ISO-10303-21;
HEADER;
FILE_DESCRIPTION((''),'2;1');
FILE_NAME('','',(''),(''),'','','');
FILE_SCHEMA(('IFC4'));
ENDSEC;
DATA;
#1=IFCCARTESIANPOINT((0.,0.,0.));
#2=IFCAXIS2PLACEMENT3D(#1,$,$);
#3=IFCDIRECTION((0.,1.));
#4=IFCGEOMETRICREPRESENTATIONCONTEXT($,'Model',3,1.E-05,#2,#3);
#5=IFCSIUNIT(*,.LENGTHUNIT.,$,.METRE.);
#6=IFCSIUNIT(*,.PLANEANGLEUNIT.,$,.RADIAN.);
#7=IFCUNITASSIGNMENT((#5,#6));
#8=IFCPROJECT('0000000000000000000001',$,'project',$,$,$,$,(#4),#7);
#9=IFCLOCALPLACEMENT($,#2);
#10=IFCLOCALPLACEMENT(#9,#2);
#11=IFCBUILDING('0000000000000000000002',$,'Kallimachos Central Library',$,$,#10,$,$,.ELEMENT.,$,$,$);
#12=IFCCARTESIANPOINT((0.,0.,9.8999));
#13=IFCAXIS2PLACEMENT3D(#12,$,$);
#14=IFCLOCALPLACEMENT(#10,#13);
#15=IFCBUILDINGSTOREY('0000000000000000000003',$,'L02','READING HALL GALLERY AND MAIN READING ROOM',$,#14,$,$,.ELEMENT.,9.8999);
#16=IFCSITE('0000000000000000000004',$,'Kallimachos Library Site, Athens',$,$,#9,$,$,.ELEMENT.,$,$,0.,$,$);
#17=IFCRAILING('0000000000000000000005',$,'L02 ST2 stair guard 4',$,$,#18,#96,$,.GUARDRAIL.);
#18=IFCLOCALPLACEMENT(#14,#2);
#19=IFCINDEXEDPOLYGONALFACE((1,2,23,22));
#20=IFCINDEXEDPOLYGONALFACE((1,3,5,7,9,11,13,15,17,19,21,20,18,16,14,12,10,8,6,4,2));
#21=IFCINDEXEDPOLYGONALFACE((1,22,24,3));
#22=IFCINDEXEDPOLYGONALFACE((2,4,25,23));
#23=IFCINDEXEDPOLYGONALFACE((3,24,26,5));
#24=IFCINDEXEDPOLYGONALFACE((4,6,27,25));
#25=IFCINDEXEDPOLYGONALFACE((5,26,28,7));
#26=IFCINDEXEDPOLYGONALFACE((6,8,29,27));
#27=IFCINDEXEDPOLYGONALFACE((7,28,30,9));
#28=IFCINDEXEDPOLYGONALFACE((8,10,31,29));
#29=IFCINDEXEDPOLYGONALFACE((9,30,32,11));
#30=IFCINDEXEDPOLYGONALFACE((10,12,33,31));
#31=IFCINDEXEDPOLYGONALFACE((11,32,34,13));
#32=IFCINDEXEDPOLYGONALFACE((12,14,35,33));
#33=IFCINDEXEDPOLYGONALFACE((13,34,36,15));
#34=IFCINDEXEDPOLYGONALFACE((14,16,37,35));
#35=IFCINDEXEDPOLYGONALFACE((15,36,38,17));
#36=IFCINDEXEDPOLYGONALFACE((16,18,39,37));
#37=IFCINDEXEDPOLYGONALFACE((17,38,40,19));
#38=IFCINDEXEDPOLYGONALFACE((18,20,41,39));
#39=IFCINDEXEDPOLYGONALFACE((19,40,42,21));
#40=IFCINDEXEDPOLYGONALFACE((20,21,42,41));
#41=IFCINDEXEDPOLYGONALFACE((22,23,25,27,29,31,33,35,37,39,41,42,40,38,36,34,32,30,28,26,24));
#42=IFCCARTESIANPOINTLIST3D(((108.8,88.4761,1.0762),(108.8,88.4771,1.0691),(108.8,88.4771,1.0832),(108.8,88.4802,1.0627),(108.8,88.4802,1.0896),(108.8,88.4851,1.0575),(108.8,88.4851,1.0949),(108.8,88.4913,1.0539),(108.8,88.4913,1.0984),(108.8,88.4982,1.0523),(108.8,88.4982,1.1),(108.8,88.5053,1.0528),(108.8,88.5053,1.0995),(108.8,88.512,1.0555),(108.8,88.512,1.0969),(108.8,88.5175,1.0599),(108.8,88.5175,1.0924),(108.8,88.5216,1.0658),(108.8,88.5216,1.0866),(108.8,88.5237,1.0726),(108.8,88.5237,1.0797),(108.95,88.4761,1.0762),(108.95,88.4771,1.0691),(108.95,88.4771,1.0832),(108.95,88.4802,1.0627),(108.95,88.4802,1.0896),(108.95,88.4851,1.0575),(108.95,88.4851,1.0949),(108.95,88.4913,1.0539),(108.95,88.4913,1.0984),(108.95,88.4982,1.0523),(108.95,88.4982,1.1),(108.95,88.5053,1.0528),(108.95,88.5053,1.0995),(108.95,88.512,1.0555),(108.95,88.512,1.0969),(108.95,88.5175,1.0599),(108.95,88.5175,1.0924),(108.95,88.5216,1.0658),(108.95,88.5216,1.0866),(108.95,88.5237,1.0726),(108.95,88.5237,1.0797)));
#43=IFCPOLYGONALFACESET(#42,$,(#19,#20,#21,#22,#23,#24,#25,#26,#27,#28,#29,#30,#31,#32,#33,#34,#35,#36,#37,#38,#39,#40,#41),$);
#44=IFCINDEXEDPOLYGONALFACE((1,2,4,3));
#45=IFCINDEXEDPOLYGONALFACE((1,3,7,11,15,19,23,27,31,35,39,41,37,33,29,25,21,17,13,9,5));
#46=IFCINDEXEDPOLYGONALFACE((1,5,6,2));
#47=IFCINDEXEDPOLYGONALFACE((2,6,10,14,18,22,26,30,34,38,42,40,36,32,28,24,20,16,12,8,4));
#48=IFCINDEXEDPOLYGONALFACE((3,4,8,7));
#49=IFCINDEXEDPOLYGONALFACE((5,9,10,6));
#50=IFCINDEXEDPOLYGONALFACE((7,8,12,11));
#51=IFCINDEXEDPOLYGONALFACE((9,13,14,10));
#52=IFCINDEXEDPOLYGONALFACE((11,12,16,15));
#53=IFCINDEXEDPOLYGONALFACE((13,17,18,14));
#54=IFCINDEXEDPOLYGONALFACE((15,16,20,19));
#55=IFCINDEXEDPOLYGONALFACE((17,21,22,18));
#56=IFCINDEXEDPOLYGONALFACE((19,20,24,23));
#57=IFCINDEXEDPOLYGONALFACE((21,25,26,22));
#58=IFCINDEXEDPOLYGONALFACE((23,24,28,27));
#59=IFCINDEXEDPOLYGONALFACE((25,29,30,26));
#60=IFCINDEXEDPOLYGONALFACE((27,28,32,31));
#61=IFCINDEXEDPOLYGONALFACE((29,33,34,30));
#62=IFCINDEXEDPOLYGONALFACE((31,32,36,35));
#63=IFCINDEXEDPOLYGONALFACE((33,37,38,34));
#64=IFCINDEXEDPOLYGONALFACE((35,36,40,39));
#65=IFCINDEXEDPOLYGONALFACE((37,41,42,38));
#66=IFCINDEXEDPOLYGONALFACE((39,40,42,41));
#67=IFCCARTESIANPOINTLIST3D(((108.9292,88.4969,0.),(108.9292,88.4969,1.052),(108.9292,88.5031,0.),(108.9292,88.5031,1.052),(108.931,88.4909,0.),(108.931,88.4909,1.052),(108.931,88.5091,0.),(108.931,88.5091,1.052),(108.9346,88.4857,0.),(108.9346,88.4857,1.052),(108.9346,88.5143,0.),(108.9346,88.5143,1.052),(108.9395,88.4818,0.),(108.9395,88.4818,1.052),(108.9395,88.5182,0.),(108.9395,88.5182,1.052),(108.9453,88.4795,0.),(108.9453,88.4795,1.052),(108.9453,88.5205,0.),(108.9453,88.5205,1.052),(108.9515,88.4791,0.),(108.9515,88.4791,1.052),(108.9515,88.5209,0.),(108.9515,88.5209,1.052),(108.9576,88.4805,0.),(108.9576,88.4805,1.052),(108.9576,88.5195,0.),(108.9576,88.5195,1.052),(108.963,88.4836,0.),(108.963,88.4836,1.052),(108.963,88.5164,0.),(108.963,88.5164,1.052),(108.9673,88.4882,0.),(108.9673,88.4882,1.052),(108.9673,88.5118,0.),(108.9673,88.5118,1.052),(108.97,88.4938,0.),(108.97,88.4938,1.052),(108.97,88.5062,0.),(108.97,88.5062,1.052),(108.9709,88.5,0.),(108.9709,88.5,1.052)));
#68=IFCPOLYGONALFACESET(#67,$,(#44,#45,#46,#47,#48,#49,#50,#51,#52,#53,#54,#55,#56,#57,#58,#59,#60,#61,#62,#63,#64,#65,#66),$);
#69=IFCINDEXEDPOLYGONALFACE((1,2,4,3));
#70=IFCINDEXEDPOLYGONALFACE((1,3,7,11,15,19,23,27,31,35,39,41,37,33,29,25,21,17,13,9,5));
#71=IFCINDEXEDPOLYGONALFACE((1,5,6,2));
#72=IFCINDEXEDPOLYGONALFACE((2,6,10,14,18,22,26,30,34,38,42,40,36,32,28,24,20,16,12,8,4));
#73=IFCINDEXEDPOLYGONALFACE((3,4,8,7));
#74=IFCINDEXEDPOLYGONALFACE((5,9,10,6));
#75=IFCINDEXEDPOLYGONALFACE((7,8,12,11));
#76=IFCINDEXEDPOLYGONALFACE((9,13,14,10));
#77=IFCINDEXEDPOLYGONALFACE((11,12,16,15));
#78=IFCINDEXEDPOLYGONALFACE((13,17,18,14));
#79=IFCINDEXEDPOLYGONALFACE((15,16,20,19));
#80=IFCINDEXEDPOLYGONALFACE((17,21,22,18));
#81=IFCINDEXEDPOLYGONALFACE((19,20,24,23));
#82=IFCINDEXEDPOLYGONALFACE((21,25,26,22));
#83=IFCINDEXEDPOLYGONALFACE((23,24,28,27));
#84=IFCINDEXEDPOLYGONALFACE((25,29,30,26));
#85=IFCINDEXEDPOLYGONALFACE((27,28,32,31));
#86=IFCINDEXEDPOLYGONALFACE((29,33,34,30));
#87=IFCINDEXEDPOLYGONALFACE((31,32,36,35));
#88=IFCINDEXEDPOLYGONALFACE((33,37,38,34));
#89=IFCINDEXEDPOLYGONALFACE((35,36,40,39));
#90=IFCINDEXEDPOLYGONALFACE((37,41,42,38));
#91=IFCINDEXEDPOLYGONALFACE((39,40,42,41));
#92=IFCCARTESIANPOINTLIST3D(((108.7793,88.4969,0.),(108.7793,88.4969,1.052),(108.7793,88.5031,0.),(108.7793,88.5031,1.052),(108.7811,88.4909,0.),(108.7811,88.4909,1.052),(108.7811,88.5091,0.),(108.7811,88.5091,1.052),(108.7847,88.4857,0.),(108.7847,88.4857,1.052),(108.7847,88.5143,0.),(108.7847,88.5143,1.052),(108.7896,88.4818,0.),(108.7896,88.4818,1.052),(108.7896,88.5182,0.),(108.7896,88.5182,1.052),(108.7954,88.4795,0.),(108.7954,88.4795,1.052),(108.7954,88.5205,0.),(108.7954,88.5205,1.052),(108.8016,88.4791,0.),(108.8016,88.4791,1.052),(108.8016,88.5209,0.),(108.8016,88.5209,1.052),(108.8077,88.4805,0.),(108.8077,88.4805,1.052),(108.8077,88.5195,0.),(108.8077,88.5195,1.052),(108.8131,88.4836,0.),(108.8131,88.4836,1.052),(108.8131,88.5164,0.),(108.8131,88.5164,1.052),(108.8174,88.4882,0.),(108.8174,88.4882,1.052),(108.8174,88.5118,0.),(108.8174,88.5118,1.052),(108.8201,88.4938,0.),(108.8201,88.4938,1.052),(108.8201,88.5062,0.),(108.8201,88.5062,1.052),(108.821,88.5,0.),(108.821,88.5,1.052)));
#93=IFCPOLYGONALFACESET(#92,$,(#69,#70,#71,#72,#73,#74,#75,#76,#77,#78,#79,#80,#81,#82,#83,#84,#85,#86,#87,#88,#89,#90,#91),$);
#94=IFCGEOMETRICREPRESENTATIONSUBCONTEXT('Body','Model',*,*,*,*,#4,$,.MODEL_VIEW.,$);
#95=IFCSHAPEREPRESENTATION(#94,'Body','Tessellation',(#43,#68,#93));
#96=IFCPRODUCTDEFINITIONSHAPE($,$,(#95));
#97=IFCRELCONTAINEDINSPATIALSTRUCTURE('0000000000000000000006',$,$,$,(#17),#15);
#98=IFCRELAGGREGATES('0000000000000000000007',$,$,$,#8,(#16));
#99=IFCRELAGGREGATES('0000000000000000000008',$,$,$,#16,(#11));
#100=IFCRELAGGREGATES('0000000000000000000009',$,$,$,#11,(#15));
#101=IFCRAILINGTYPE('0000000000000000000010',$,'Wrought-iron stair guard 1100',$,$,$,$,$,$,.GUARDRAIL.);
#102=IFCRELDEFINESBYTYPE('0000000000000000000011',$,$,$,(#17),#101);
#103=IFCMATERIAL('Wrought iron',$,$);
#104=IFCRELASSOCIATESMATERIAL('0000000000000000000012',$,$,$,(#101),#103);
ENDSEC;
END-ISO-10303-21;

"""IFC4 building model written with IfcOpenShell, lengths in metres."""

from ifc_helpers import new_model, si_unit, direction, frame, origin, origin_2d, place, context, subcontext, project, spatial, circle, extrude, material, type_object, element, save


model = new_model("IFC4")

# Units and contexts
model_context = context("Model", 3, precision=1e-05, world=origin(), true_north=direction((0.0, 1.0)))
body_context = subcontext(model_context, "Body", "Model", "MODEL_VIEW")
ifc_project = project(units=[si_unit("LENGTHUNIT", "METRE"), si_unit("PLANEANGLEUNIT", "RADIAN")], contexts=[model_context])

# Site, building, storey
site_placement = place(None, origin())
site = spatial("IfcSite", under=ifc_project, at=site_placement, Name="Kallimachos Library Site, Athens", CompositionType="ELEMENT", RefElevation=0.0)
building_placement = place(site_placement, origin())
building = spatial("IfcBuilding", under=site, at=building_placement, Name="Kallimachos Central Library", CompositionType="ELEMENT")
storey_placement = place(building_placement, frame((0.0, 0.0, 9.8999)))
storey = spatial("IfcBuildingStorey", under=building, at=storey_placement, Name="L02", Description="READING HALL GALLERY AND MAIN READING ROOM", CompositionType="ELEMENT", Elevation=9.8999)

# Railing
ifc_material_1 = material(Name="Wrought iron")
railing_type_1 = type_object("IfcRailingType", Name="Wrought-iron stair guard 1100", PredefinedType="GUARDRAIL", material=ifc_material_1)
railing_1_placement = place(storey_placement, frame((108.95, 88.5, 0.0)))
element("IfcRailing", 1, at=railing_1_placement, inside=storey, type_object=railing_type_1, Name="L02 ST2 stair guard 4", PredefinedType="GUARDRAIL", context=body_context, shape_type="SweptSolid", body=[
    extrude(circle(Radius=0.0239, at=origin_2d()), frame((0.0, 0.0, 1.0762), z_axis=(-1.0, 0.0, 0.0), x_axis=(0.0, -1.0, 0.0)), (0.0, 0.0, 1.0), 0.1499),
    extrude(circle(Radius=0.021, at=origin_2d()), origin(), (0.0, 0.0, 1.0), 1.052),
    extrude(circle(Radius=0.021, at=origin_2d()), frame((-0.1499, 0.0, 0.0)), (0.0, 0.0, 1.0), 1.052),
])

save(model, "model.ifc")
